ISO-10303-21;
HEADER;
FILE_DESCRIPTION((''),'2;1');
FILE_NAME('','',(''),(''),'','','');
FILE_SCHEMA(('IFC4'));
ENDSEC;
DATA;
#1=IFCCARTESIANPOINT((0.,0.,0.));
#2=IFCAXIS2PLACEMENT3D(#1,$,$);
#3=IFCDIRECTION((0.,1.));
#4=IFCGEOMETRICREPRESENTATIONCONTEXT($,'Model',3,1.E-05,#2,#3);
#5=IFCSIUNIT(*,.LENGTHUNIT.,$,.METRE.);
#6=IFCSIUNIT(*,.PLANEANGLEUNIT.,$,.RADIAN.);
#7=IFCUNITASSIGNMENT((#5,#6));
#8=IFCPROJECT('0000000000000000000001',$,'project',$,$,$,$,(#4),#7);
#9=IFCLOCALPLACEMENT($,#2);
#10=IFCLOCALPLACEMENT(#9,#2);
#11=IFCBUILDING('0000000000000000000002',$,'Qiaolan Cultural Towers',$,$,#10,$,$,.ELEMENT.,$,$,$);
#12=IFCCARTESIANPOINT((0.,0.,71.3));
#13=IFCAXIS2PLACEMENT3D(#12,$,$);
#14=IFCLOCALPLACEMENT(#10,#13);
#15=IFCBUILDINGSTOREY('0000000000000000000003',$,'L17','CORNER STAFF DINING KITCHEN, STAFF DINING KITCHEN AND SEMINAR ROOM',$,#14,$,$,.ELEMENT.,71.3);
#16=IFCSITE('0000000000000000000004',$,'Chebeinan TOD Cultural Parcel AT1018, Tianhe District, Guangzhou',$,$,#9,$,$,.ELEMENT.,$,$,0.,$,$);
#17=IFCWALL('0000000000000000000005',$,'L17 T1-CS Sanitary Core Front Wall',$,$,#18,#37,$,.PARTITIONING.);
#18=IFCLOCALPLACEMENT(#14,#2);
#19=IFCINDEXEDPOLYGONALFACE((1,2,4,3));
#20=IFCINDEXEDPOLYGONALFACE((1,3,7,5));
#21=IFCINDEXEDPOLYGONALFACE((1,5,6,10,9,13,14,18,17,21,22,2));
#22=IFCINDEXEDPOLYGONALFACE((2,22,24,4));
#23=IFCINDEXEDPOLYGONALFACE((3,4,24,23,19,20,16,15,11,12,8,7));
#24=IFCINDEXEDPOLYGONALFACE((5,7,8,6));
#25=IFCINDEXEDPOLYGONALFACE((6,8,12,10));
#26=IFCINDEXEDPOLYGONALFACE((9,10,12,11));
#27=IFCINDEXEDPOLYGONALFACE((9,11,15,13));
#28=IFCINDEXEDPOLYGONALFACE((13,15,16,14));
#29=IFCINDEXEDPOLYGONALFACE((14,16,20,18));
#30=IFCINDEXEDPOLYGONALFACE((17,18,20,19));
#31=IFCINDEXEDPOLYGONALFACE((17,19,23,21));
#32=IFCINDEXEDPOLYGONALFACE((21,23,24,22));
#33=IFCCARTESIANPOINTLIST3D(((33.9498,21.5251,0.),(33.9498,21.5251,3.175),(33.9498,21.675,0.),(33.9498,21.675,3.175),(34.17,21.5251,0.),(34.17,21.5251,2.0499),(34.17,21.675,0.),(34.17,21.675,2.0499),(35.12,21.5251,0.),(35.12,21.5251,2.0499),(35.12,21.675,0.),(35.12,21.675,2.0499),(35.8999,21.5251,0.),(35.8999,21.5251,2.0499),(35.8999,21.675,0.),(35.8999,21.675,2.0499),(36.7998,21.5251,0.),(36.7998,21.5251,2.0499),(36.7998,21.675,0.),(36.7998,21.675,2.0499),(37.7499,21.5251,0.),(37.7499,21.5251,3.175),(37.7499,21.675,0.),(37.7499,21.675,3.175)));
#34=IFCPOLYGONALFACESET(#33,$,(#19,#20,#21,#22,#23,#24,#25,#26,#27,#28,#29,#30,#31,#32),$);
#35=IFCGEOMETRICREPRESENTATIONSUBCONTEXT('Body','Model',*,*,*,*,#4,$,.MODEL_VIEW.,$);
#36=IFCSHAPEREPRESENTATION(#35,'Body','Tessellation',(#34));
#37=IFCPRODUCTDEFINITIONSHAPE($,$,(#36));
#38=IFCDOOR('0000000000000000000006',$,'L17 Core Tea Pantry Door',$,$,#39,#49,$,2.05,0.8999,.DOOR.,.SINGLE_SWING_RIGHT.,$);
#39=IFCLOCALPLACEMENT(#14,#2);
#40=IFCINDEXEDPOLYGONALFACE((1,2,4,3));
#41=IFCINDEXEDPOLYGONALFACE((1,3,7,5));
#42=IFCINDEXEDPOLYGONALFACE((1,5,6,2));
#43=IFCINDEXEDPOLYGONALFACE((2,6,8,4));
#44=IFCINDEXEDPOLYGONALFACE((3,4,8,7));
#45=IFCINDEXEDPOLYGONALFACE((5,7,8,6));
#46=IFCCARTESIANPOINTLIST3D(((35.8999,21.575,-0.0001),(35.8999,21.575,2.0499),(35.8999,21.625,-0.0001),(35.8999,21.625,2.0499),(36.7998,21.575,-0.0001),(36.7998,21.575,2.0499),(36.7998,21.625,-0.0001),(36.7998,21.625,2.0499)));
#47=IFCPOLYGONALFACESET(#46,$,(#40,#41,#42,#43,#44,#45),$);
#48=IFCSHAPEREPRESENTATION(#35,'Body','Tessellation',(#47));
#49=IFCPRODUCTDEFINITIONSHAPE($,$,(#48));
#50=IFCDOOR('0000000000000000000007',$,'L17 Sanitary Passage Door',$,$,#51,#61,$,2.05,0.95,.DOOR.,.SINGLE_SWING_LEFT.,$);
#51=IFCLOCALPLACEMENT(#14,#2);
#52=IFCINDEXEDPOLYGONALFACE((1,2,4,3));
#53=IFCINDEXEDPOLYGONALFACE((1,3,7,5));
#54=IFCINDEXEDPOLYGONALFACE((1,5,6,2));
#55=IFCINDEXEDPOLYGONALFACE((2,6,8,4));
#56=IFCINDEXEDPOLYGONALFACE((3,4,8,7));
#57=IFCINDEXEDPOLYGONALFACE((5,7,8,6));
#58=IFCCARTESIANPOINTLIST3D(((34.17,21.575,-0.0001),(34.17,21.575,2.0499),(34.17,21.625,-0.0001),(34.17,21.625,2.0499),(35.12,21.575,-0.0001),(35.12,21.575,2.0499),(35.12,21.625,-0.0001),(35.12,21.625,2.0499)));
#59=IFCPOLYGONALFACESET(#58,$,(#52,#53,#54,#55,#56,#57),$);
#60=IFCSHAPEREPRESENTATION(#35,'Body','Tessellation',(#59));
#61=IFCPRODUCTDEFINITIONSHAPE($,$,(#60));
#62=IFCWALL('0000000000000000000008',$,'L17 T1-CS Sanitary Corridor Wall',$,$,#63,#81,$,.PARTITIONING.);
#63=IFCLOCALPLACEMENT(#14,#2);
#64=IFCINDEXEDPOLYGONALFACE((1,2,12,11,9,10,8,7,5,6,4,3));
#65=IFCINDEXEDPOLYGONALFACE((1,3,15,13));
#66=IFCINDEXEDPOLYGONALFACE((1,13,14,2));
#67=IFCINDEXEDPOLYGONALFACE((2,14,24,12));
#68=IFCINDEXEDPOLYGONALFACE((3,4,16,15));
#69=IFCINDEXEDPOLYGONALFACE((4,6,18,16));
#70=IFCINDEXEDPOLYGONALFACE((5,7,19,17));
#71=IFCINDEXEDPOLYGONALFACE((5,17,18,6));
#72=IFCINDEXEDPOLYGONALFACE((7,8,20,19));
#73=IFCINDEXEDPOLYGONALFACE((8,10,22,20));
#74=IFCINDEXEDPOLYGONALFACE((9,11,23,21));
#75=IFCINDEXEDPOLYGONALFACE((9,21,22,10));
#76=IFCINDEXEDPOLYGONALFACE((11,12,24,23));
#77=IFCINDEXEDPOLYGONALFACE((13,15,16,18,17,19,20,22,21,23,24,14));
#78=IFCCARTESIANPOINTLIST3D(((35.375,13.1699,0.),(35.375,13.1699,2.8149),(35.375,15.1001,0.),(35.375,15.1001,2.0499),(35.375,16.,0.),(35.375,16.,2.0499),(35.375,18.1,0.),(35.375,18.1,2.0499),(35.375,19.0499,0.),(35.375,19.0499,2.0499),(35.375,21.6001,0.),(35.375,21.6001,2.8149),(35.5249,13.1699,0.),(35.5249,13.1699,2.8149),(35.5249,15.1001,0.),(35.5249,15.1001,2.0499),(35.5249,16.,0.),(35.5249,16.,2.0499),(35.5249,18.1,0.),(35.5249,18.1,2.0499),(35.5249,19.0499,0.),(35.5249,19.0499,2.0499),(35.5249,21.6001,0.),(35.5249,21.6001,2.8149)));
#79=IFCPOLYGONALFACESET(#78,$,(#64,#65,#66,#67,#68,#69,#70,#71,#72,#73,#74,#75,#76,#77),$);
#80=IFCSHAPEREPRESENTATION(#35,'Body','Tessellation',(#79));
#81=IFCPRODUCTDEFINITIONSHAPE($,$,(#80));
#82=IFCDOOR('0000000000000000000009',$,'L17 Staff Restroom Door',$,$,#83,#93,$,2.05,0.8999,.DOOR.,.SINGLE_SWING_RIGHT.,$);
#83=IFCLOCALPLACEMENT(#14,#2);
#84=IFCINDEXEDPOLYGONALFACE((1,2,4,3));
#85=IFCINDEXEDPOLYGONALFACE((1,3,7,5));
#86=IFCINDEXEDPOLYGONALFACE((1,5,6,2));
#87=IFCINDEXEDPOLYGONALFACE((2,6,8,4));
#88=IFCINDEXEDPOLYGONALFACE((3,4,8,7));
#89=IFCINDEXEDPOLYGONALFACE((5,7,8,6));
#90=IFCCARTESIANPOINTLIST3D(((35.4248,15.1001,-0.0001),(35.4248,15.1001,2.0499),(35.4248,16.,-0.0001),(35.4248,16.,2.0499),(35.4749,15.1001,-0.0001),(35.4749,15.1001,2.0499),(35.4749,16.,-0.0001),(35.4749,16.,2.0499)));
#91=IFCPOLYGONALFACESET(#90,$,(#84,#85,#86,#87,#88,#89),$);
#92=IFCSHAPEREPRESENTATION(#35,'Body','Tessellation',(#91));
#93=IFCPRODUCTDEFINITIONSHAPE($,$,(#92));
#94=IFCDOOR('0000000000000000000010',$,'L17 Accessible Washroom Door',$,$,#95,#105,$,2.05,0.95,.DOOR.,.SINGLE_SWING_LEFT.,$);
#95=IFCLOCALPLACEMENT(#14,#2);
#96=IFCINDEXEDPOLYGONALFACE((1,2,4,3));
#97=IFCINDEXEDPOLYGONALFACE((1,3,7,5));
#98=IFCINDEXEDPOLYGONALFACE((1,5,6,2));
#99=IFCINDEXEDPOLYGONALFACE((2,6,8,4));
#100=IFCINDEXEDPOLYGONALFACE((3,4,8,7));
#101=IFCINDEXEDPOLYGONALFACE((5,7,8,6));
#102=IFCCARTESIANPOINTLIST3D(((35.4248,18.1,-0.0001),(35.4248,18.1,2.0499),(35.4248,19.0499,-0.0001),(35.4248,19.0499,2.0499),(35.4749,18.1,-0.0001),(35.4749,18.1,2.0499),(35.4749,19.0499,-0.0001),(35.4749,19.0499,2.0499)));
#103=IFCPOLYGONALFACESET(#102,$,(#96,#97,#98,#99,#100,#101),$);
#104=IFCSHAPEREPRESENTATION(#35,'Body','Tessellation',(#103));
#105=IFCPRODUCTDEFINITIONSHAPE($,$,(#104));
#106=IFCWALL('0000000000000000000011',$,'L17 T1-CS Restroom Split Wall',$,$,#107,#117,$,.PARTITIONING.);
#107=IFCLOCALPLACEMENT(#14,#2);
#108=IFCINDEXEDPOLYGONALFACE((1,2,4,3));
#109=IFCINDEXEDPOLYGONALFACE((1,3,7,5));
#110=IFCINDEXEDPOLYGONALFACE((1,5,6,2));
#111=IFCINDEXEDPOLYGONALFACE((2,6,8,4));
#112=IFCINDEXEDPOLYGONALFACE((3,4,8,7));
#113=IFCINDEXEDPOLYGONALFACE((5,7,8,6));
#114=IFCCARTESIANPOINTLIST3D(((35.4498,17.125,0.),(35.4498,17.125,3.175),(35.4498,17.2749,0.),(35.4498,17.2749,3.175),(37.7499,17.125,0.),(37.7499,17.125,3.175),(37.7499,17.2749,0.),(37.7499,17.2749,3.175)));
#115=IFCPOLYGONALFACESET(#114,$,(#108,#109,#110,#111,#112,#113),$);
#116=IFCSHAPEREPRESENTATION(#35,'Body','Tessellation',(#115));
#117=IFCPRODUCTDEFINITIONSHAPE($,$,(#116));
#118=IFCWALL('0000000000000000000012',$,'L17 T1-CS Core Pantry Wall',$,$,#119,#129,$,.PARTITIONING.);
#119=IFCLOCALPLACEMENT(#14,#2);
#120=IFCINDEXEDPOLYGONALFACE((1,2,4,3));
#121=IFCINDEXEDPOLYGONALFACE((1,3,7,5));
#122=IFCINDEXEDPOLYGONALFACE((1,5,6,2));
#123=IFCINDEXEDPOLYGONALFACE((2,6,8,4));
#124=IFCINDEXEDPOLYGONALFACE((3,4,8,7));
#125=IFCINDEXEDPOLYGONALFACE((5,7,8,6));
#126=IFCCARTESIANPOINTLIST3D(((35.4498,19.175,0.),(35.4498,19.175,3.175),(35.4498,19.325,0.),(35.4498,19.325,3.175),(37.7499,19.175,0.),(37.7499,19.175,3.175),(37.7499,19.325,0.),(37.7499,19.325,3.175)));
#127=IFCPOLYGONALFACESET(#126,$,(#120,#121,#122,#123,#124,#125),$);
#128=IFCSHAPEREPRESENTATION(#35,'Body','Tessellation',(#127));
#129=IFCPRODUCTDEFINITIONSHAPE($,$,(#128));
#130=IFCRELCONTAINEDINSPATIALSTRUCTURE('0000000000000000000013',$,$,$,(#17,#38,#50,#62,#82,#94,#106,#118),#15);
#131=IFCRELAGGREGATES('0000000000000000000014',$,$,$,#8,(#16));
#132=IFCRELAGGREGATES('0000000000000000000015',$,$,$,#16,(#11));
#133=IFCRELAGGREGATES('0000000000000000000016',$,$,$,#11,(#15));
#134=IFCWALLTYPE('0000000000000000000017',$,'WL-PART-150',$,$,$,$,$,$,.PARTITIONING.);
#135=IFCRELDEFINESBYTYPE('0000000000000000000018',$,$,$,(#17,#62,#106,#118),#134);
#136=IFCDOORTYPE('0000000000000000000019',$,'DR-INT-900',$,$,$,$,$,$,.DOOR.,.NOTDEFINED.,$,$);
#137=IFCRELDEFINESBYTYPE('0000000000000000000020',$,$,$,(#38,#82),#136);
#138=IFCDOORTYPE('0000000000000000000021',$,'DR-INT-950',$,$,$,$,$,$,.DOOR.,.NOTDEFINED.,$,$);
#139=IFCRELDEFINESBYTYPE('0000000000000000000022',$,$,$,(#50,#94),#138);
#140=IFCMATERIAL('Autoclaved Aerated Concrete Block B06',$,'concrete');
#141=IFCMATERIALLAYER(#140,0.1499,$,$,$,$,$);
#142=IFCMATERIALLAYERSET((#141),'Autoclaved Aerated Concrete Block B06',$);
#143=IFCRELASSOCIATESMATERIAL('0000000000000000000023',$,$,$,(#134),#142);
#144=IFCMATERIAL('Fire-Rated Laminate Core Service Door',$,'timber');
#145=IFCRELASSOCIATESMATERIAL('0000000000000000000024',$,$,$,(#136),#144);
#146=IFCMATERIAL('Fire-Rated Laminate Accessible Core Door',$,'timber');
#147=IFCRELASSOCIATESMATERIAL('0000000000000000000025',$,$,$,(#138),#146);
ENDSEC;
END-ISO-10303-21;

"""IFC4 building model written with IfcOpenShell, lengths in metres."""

from ifc_helpers import new_model, si_unit, direction, frame, frame_2d, origin, place, context, subcontext, project, spatial, rectangle, extrude, material, layer, layer_set, type_object, element, fill, save


model = new_model("IFC4")

# Units and contexts
model_context = context("Model", 3, precision=1e-05, world=origin(), true_north=direction((0.0, 1.0)))
body_context = subcontext(model_context, "Body", "Model", "MODEL_VIEW")
ifc_project = project(units=[si_unit("LENGTHUNIT", "METRE"), si_unit("PLANEANGLEUNIT", "RADIAN")], contexts=[model_context])

# Site, building, storey
site_placement = place(None, origin())
site = spatial("IfcSite", under=ifc_project, at=site_placement, Name="Chebeinan TOD Cultural Parcel AT1018, Tianhe District, Guangzhou", CompositionType="ELEMENT", RefElevation=0.0)
building_placement = place(site_placement, origin())
building = spatial("IfcBuilding", under=site, at=building_placement, Name="Qiaolan Cultural Towers", CompositionType="ELEMENT")
storey_placement = place(building_placement, frame((0.0, 0.0, 71.3)))
storey = spatial("IfcBuildingStorey", under=building, at=storey_placement, Name="L17", Description="CORNER STAFF DINING KITCHEN, STAFF DINING KITCHEN AND SEMINAR ROOM", CompositionType="ELEMENT", Elevation=71.3)

# Shared definitions
ifc_material_1 = material(Name="Autoclaved Aerated Concrete Block B06", Category="concrete")
ifc_layer_1 = layer(ifc_material_1, 0.1499)
ifc_layer_set_1 = layer_set([ifc_layer_1], Name="Autoclaved Aerated Concrete Block B06")
wall_type_1 = type_object("IfcWallType", Name="WL-PART-150", PredefinedType="PARTITIONING", material=ifc_layer_set_1)

# Walls, openings, doors
wall_1_placement = place(storey_placement, frame((33.95, 21.6001, 0.0), z_axis=(0.0, 0.0, 1.0), x_axis=(1.0, 0.0, 0.0)))
wall_1 = element("IfcWall", 1, at=wall_1_placement, inside=storey, type_object=wall_type_1, Name="L17 T1-CS Sanitary Core Front Wall", PredefinedType="PARTITIONING", context=body_context, shape_type="SweptSolid", body=[
    extrude(rectangle(XDim=3.8, YDim=0.1499, at=frame_2d((1.8999, 0.0))), origin(), (0.0, 0.0, 1.0), 3.175),
])
opening_1_placement = place(wall_1_placement, frame((0.22, 0.0, 0.0)))
opening_1 = element("IfcOpeningElement", 2, at=opening_1_placement, cuts=wall_1, PredefinedType="OPENING", context=body_context, shape_type="SweptSolid", body=[
    extrude(rectangle(XDim=0.95, YDim=2.05, at=frame_2d((0.4751, 1.0249))), frame((0.0, 0.085, 0.0), z_axis=(0.0, -1.0, 0.0), x_axis=(1.0, 0.0, 0.0)), (0.0, 0.0, 1.0), 0.1699),
])
opening_2_placement = place(wall_1_placement, frame((1.95, 0.0, 0.0)))
opening_2 = element("IfcOpeningElement", 3, at=opening_2_placement, cuts=wall_1, PredefinedType="OPENING", context=body_context, shape_type="SweptSolid", body=[
    extrude(rectangle(XDim=0.8999, YDim=2.05, at=frame_2d((0.45, 1.0249))), frame((0.0, 0.085, 0.0), z_axis=(0.0, -1.0, 0.0), x_axis=(1.0, 0.0, 0.0)), (0.0, 0.0, 1.0), 0.1699),
])
ifc_material_2 = material(Name="Fire-Rated Laminate Core Service Door", Category="timber")
door_type_1 = type_object("IfcDoorType", Name="DR-INT-900", OperationType="NOTDEFINED", PredefinedType="DOOR", material=ifc_material_2)
door_1_placement = place(opening_2_placement, origin())
door_1 = element("IfcDoor", 4, at=door_1_placement, inside=storey, type_object=door_type_1, Name="L17 Core Tea Pantry Door", OperationType="SINGLE_SWING_RIGHT", OverallHeight=2.05, OverallWidth=0.8999, PredefinedType="DOOR", context=body_context, shape_type="SweptSolid", body=[
    extrude(rectangle(XDim=0.8999, YDim=2.05, at=frame_2d((0.45, 1.0249))), frame((0.0, 0.0249, 0.0), z_axis=(0.0, -1.0, 0.0), x_axis=(1.0, 0.0, 0.0)), (0.0, 0.0, 1.0), 0.05),
])
fill(opening_2, door_1)
ifc_material_3 = material(Name="Fire-Rated Laminate Accessible Core Door", Category="timber")
door_type_2 = type_object("IfcDoorType", Name="DR-INT-950", OperationType="NOTDEFINED", PredefinedType="DOOR", material=ifc_material_3)
door_2_placement = place(opening_1_placement, origin())
door_2 = element("IfcDoor", 5, at=door_2_placement, inside=storey, type_object=door_type_2, Name="L17 Sanitary Passage Door", OperationType="SINGLE_SWING_LEFT", OverallHeight=2.05, OverallWidth=0.95, PredefinedType="DOOR", context=body_context, shape_type="SweptSolid", body=[
    extrude(rectangle(XDim=0.95, YDim=2.05, at=frame_2d((0.4751, 1.0249))), frame((0.0, 0.0249, 0.0), z_axis=(0.0, -1.0, 0.0), x_axis=(1.0, 0.0, 0.0)), (0.0, 0.0, 1.0), 0.05),
])
fill(opening_1, door_2)
wall_2_placement = place(storey_placement, frame((35.45, 21.6001, 0.0), z_axis=(0.0, 0.0, 1.0), x_axis=(0.0, -1.0, 0.0)))
wall_2 = element("IfcWall", 6, at=wall_2_placement, inside=storey, type_object=wall_type_1, Name="L17 T1-CS Sanitary Corridor Wall", PredefinedType="PARTITIONING", context=body_context, shape_type="SweptSolid", body=[
    extrude(rectangle(XDim=8.4302, YDim=0.1499, at=frame_2d((4.2151, 0.0))), origin(), (0.0, 0.0, 1.0), 2.8149),
])
opening_3_placement = place(wall_2_placement, frame((2.55, 0.0, 0.0)))
opening_3 = element("IfcOpeningElement", 7, at=opening_3_placement, cuts=wall_2, PredefinedType="OPENING", context=body_context, shape_type="SweptSolid", body=[
    extrude(rectangle(XDim=0.95, YDim=2.05, at=frame_2d((0.4751, 1.0249))), frame((0.0, 0.085, 0.0), z_axis=(0.0, -1.0, 0.0), x_axis=(1.0, 0.0, 0.0)), (0.0, 0.0, 1.0), 0.1699),
])
opening_4_placement = place(wall_2_placement, frame((5.6001, 0.0, 0.0)))
opening_4 = element("IfcOpeningElement", 8, at=opening_4_placement, cuts=wall_2, PredefinedType="OPENING", context=body_context, shape_type="SweptSolid", body=[
    extrude(rectangle(XDim=0.8999, YDim=2.05, at=frame_2d((0.45, 1.0249))), frame((0.0, 0.085, 0.0), z_axis=(0.0, -1.0, 0.0), x_axis=(1.0, 0.0, 0.0)), (0.0, 0.0, 1.0), 0.1699),
])
door_3_placement = place(opening_4_placement, origin())
door_3 = element("IfcDoor", 9, at=door_3_placement, inside=storey, type_object=door_type_1, Name="L17 Staff Restroom Door", OperationType="SINGLE_SWING_RIGHT", OverallHeight=2.05, OverallWidth=0.8999, PredefinedType="DOOR", context=body_context, shape_type="SweptSolid", body=[
    extrude(rectangle(XDim=0.8999, YDim=2.05, at=frame_2d((0.45, 1.0249))), frame((0.0, 0.0249, 0.0), z_axis=(0.0, -1.0, 0.0), x_axis=(1.0, 0.0, 0.0)), (0.0, 0.0, 1.0), 0.05),
])
fill(opening_4, door_3)
door_4_placement = place(opening_3_placement, origin())
door_4 = element("IfcDoor", 10, at=door_4_placement, inside=storey, type_object=door_type_2, Name="L17 Accessible Washroom Door", OperationType="SINGLE_SWING_LEFT", OverallHeight=2.05, OverallWidth=0.95, PredefinedType="DOOR", context=body_context, shape_type="SweptSolid", body=[
    extrude(rectangle(XDim=0.95, YDim=2.05, at=frame_2d((0.4751, 1.0249))), frame((0.0, 0.0249, 0.0), z_axis=(0.0, -1.0, 0.0), x_axis=(1.0, 0.0, 0.0)), (0.0, 0.0, 1.0), 0.05),
])
fill(opening_3, door_4)

# Walls
for number, where, z_axis, x_axis, name in (
    (11, (35.45, 17.2, 0.0), (0.0, 0.0, 1.0), (1.0, 0.0, 0.0), "L17 T1-CS Restroom Split Wall"),
    (12, (35.45, 19.25, 0.0), (0.0, 0.0, 1.0), (1.0, 0.0, 0.0), "L17 T1-CS Core Pantry Wall"),
):
    element("IfcWall", number, at=place(storey_placement, frame(where, z_axis=z_axis, x_axis=x_axis)), inside=storey, type_object=wall_type_1, Name=name, PredefinedType="PARTITIONING", context=body_context, shape_type="SweptSolid", body=[
        extrude(rectangle(XDim=2.3, YDim=0.1499, at=frame_2d((1.1499, 0.0))), origin(), (0.0, 0.0, 1.0), 3.175),
    ])

save(model, "model.ifc")
